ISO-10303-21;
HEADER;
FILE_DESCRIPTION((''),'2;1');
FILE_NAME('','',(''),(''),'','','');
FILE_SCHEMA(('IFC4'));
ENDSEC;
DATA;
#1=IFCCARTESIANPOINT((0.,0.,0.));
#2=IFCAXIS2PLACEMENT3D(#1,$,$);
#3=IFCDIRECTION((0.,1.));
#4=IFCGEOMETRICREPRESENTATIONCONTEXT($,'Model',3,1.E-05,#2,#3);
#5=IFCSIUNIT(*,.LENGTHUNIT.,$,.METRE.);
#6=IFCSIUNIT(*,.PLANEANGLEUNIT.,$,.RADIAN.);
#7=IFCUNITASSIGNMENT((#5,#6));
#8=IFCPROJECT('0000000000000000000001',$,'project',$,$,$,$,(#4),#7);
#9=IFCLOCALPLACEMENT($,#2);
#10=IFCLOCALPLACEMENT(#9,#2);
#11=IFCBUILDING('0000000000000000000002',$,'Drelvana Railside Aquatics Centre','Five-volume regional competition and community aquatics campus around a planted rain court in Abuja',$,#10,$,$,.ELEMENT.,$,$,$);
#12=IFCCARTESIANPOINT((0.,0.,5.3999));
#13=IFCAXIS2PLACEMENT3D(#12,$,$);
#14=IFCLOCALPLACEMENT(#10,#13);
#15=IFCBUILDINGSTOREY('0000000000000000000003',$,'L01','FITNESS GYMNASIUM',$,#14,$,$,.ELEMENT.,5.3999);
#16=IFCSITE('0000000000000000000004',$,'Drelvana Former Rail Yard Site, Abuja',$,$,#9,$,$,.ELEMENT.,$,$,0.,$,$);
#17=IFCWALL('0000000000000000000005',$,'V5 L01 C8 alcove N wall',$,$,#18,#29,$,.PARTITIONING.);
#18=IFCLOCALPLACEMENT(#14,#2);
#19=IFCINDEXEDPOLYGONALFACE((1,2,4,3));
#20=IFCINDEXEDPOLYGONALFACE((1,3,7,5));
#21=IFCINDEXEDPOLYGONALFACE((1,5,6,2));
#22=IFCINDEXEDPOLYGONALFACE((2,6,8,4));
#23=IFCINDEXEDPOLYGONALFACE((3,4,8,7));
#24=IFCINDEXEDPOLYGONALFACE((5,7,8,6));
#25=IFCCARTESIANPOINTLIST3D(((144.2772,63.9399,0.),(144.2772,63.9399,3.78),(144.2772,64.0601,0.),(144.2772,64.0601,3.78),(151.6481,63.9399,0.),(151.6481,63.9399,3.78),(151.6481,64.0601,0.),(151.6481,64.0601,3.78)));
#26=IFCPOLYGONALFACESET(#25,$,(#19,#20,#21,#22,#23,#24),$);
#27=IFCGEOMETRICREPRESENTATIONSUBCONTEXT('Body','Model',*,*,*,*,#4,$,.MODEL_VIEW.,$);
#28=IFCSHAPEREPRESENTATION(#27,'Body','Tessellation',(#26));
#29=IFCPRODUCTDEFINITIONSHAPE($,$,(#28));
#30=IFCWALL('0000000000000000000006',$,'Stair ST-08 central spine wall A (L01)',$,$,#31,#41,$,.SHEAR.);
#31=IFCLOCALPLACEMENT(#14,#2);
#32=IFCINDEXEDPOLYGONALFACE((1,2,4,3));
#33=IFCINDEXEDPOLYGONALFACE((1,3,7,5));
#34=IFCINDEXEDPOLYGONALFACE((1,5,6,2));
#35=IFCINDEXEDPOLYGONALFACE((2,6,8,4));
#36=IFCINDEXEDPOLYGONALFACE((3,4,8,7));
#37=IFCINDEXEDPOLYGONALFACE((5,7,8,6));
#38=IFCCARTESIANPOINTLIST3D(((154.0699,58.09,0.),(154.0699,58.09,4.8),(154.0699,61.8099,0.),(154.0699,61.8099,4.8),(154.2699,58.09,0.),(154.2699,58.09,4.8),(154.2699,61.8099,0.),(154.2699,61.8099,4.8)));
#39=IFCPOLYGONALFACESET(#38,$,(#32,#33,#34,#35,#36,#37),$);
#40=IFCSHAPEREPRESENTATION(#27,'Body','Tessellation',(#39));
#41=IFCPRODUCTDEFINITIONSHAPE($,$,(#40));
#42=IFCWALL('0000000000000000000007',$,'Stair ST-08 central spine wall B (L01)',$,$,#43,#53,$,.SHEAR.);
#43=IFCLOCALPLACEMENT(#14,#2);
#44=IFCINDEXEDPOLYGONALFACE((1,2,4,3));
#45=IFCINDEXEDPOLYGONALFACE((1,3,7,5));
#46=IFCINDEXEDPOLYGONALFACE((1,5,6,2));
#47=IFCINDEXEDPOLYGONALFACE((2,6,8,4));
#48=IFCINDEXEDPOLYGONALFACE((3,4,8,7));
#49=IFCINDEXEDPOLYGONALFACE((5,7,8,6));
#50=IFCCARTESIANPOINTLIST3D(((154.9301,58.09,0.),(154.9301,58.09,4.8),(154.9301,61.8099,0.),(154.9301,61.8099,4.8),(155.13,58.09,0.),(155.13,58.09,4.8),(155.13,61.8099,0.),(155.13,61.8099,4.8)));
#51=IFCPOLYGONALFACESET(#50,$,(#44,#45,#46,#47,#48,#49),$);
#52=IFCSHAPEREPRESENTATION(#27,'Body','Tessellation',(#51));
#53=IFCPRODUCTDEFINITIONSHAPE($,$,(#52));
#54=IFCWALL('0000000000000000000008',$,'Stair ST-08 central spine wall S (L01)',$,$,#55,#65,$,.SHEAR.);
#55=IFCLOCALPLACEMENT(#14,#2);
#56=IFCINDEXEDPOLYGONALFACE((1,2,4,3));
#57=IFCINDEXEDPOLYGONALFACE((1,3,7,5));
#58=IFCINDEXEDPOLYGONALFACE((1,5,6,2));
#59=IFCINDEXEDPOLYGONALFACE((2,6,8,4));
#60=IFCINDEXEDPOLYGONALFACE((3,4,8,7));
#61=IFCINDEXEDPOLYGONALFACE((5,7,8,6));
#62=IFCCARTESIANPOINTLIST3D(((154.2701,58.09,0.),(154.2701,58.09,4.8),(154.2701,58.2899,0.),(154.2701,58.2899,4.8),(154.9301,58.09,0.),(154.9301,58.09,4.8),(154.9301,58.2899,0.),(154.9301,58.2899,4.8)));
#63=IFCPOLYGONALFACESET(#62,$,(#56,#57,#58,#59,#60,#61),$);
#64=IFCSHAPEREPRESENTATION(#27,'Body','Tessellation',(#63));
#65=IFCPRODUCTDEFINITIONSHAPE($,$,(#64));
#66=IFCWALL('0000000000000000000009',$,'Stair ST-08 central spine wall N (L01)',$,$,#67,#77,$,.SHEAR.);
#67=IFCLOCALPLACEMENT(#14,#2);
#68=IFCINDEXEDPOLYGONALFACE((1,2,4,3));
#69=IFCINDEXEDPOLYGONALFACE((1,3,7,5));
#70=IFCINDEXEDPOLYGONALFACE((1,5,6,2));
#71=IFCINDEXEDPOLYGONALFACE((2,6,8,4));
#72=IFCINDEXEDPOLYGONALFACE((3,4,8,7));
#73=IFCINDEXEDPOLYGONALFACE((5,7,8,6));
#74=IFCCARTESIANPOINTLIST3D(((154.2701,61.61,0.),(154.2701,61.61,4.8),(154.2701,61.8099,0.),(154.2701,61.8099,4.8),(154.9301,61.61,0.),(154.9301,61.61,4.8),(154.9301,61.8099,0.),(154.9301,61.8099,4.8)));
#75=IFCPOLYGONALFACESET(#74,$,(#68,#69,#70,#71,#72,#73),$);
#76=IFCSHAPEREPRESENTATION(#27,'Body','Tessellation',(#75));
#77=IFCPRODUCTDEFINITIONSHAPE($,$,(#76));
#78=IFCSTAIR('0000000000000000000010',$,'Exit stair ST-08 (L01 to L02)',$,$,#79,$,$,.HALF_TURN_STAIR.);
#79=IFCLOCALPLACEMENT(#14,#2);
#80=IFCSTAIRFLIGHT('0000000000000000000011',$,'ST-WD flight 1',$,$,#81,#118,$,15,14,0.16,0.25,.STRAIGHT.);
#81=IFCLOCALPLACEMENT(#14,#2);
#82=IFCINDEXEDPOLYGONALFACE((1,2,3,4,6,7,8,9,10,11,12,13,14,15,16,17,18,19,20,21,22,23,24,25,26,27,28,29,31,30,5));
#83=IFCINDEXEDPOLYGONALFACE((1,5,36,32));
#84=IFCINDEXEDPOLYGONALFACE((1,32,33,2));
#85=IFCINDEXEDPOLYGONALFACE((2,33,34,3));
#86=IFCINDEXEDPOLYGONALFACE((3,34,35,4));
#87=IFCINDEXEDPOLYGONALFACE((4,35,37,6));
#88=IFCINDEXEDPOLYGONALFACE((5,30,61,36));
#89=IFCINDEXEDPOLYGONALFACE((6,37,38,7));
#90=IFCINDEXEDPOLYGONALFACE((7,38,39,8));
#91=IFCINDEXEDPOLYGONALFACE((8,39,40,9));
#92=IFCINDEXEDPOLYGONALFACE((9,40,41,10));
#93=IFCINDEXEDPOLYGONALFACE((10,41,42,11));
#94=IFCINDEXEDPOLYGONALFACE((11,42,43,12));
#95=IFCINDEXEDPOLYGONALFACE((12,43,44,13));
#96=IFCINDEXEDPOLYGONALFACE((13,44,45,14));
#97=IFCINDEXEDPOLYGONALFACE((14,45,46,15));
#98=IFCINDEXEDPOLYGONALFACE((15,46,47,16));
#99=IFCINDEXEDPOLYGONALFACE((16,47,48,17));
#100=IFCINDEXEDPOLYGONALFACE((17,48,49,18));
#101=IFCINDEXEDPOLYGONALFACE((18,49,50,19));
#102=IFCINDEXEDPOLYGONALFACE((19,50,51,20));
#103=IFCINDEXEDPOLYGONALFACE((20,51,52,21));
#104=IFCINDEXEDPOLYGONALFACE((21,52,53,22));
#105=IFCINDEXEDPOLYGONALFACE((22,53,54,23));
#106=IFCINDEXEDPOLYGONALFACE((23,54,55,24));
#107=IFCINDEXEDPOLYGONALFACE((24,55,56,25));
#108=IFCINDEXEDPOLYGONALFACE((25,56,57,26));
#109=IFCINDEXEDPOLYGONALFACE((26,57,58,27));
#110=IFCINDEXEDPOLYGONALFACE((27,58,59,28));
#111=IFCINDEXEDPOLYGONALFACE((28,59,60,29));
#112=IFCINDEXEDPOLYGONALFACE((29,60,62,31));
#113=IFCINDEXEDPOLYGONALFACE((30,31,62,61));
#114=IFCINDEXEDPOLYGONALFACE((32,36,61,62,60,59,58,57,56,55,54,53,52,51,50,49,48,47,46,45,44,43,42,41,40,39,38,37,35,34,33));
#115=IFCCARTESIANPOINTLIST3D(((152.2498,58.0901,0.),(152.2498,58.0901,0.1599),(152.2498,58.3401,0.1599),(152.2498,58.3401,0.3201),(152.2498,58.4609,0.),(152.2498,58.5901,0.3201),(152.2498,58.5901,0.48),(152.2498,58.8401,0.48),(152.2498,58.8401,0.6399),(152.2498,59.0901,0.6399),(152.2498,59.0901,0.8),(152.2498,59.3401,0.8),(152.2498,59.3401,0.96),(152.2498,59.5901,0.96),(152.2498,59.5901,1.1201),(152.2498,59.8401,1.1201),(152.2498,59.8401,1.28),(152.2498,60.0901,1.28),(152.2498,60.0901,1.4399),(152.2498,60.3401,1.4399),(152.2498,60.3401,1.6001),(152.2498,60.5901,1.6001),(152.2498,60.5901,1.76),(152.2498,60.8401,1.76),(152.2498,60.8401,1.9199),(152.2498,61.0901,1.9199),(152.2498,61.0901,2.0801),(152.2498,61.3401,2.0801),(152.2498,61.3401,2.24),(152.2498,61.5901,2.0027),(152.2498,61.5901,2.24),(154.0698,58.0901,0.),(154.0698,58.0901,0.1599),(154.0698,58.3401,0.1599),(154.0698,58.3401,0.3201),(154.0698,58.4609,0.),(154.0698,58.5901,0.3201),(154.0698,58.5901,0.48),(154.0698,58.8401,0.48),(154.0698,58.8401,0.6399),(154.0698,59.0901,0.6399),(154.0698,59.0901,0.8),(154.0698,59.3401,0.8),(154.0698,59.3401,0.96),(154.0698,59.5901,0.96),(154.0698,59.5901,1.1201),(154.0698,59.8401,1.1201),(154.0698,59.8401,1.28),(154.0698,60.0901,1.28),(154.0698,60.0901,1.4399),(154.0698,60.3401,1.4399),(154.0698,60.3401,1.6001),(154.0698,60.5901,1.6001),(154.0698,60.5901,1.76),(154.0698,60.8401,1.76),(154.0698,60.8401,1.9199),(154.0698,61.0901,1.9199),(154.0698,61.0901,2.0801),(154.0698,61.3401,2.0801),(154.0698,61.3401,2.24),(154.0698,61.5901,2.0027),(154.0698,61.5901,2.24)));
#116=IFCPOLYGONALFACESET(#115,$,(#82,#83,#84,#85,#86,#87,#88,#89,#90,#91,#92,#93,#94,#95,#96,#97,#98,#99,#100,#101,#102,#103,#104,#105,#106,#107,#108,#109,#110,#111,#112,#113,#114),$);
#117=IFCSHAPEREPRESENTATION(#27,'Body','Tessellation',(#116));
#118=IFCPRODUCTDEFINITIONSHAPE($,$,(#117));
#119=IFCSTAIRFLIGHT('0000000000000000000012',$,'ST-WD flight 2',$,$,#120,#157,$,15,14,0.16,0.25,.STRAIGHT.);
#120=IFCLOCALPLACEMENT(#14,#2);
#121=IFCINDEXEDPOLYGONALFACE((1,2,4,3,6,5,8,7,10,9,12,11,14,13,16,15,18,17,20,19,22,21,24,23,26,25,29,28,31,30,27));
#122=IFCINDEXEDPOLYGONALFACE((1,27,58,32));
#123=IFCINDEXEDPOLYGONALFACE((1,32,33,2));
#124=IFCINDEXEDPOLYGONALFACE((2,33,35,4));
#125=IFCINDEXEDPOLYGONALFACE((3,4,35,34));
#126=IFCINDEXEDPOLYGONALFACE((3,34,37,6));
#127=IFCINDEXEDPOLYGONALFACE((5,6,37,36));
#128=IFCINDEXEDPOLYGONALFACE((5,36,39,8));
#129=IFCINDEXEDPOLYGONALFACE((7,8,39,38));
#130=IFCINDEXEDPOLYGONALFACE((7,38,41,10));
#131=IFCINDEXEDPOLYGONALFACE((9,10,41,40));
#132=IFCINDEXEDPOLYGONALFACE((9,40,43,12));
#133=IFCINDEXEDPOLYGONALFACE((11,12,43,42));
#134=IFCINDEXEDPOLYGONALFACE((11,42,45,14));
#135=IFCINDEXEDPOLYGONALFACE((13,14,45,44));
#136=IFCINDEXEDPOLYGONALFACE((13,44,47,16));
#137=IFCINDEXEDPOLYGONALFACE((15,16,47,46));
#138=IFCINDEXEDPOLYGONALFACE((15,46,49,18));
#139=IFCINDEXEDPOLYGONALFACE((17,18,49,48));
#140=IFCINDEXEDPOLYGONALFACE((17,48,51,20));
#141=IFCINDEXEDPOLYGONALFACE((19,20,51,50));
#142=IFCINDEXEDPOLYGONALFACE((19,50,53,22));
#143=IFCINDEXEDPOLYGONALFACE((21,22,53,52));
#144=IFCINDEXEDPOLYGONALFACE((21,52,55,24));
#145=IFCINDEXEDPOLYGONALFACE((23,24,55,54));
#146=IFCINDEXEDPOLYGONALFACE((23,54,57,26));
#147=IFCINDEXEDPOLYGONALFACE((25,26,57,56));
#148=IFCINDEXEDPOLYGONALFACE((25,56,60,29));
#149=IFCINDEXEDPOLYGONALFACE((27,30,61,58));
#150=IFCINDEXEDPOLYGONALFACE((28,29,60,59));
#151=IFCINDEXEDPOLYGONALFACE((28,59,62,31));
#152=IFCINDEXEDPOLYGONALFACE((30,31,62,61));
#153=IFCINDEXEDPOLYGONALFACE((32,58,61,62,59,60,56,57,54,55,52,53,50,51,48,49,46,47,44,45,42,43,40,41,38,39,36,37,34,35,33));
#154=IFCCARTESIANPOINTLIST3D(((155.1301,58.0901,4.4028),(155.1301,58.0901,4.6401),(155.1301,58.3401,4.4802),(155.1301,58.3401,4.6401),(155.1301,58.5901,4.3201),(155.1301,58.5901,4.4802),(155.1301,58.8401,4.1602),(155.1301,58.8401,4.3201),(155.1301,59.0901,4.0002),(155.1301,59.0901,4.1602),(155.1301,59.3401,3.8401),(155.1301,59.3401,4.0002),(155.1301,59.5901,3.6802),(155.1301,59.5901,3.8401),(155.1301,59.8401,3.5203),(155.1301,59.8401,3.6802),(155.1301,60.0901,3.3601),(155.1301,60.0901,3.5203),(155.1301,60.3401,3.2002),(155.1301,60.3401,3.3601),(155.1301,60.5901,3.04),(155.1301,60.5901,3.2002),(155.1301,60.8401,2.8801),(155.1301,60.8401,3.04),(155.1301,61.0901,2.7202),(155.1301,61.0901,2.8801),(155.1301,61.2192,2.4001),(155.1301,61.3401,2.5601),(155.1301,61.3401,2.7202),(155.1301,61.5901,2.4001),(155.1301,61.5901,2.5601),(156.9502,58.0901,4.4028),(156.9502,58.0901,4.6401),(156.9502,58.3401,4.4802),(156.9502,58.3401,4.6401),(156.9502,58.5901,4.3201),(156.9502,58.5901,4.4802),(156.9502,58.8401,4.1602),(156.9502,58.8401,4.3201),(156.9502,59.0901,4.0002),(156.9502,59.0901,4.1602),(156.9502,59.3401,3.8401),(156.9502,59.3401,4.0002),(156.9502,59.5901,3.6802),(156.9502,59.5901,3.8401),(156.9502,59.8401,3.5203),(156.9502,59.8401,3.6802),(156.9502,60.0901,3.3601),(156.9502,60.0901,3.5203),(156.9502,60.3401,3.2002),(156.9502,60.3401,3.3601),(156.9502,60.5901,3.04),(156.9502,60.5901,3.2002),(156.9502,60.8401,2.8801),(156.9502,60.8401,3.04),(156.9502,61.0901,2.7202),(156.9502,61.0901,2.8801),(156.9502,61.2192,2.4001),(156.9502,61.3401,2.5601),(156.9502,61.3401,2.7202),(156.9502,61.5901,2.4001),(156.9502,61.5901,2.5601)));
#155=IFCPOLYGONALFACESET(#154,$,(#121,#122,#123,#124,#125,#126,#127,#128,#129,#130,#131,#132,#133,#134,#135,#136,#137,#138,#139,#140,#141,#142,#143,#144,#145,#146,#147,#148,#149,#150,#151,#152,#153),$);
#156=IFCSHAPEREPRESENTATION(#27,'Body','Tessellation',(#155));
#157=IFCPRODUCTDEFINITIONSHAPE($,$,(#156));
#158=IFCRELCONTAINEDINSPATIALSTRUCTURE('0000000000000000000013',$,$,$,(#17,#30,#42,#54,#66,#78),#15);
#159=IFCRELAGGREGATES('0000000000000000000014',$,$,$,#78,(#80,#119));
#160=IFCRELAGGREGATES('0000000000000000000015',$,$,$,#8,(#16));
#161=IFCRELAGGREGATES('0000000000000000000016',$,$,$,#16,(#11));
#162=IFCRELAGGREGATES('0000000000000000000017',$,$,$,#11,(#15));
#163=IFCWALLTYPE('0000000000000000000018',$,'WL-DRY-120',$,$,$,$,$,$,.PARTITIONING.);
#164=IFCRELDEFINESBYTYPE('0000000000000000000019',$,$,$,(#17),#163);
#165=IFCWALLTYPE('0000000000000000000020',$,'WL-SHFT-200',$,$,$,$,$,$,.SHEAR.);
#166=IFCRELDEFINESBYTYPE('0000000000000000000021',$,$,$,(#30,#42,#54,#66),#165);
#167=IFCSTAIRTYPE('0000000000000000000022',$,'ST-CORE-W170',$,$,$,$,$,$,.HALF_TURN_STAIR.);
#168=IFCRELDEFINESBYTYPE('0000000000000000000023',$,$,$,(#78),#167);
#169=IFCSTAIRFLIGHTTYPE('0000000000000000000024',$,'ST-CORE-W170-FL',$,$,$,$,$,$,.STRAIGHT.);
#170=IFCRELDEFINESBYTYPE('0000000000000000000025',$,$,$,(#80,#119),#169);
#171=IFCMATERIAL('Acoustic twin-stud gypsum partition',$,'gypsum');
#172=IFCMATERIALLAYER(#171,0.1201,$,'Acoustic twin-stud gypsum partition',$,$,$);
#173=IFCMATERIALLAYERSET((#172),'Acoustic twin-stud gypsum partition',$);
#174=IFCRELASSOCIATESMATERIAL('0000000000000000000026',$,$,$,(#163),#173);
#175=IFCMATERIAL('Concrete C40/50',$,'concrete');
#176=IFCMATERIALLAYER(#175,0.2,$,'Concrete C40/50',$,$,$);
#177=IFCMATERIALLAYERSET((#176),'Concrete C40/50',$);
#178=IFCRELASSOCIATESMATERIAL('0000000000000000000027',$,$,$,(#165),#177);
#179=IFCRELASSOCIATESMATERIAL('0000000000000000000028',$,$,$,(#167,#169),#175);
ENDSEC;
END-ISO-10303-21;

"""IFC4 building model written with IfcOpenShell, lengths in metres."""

from ifc_helpers import new_model, si_unit, direction, frame, frame_2d, origin, place, context, subcontext, project, spatial, polyline, rectangle, outline, extrude, material, layer, layer_set, type_object, element, aggregate, save


model = new_model("IFC4")

# Units and contexts
model_context = context("Model", 3, precision=1e-05, world=origin(), true_north=direction((0.0, 1.0)))
body_context = subcontext(model_context, "Body", "Model", "MODEL_VIEW")
ifc_project = project(units=[si_unit("LENGTHUNIT", "METRE"), si_unit("PLANEANGLEUNIT", "RADIAN")], contexts=[model_context])

# Site, building, storey
site_placement = place(None, origin())
site = spatial("IfcSite", under=ifc_project, at=site_placement, Name="Drelvana Former Rail Yard Site, Abuja", CompositionType="ELEMENT", RefElevation=0.0)
building_placement = place(site_placement, origin())
building = spatial("IfcBuilding", under=site, at=building_placement, Name="Drelvana Railside Aquatics Centre", Description="Five-volume regional competition and community aquatics campus around a planted rain court in Abuja", CompositionType="ELEMENT")
storey_placement = place(building_placement, frame((0.0, 0.0, 5.3999)))
storey = spatial("IfcBuildingStorey", under=building, at=storey_placement, Name="L01", Description="FITNESS GYMNASIUM", CompositionType="ELEMENT", Elevation=5.3999)

# Shared definitions
ifc_material_1 = material(Name="Concrete C40/50", Category="concrete")

# Walls
ifc_material_2 = material(Name="Acoustic twin-stud gypsum partition", Category="gypsum")
ifc_layer_1 = layer(ifc_material_2, 0.1201, Name="Acoustic twin-stud gypsum partition")
ifc_layer_set_1 = layer_set([ifc_layer_1], Name="Acoustic twin-stud gypsum partition")
wall_type_1 = type_object("IfcWallType", Name="WL-DRY-120", PredefinedType="PARTITIONING", material=ifc_layer_set_1)
wall_1_placement = place(storey_placement, frame((144.2771, 64.0, 0.0), z_axis=(0.0, 0.0, 1.0), x_axis=(1.0, 0.0, 0.0)))
element("IfcWall", 1, at=wall_1_placement, inside=storey, type_object=wall_type_1, Name="V5 L01 C8 alcove N wall", PredefinedType="PARTITIONING", context=body_context, shape_type="SweptSolid", body=[
    extrude(rectangle(XDim=7.3708, YDim=0.1201, at=frame_2d((3.6855, 0.0))), origin(), (0.0, 0.0, 1.0), 3.78),
])
ifc_layer_2 = layer(ifc_material_1, 0.2, Name="Concrete C40/50")
ifc_layer_set_2 = layer_set([ifc_layer_2], Name="Concrete C40/50")
wall_type_2 = type_object("IfcWallType", Name="WL-SHFT-200", PredefinedType="SHEAR", material=ifc_layer_set_2)
for number, where, z_axis, x_axis, name in (
    (2, (154.1699, 58.0901, 0.0), (0.0, 0.0, 1.0), (0.0, 1.0, 0.0), "Stair ST-08 central spine wall A (L01)"),
    (3, (155.03, 58.0901, 0.0), (0.0, 0.0, 1.0), (0.0, 1.0, 0.0), "Stair ST-08 central spine wall B (L01)"),
):
    element("IfcWall", number, at=place(storey_placement, frame(where, z_axis=z_axis, x_axis=x_axis)), inside=storey, type_object=wall_type_2, Name=name, PredefinedType="SHEAR", context=body_context, shape_type="SweptSolid", body=[
        extrude(rectangle(XDim=3.72, YDim=0.2, at=frame_2d((1.8599, 0.0))), origin(), (0.0, 0.0, 1.0), 4.8),
    ])
for number, where, z_axis, x_axis, name in (
    (4, (154.27, 58.1899, 0.0), (0.0, 0.0, 1.0), (1.0, 0.0, 0.0), "Stair ST-08 central spine wall S (L01)"),
    (5, (154.27, 61.71, 0.0), (0.0, 0.0, 1.0), (1.0, 0.0, 0.0), "Stair ST-08 central spine wall N (L01)"),
):
    element("IfcWall", number, at=place(storey_placement, frame(where, z_axis=z_axis, x_axis=x_axis)), inside=storey, type_object=wall_type_2, Name=name, PredefinedType="SHEAR", context=body_context, shape_type="SweptSolid", body=[
        extrude(rectangle(XDim=0.6599, YDim=0.2, at=frame_2d((0.3301, 0.0))), origin(), (0.0, 0.0, 1.0), 4.8),
    ])

# Stair, stair flights
stair_type = type_object("IfcStairType", Name="ST-CORE-W170", PredefinedType="HALF_TURN_STAIR", material=ifc_material_1)
stair_placement = place(storey_placement, origin())
stair = element("IfcStair", 6, at=stair_placement, inside=storey, type_object=stair_type, Name="Exit stair ST-08 (L01 to L02)", PredefinedType="HALF_TURN_STAIR")
stair_flight_type = type_object("IfcStairFlightType", Name="ST-CORE-W170-FL", PredefinedType="STRAIGHT", material=ifc_material_1)
stair_flight_1_placement = place(storey_placement, frame((153.1599, 58.0901, 0.0), z_axis=(0.0, 0.0, 1.0), x_axis=(0.0, 1.0, 0.0)))
stair_flight_1 = element("IfcStairFlight", 7, at=stair_flight_1_placement, type_object=stair_flight_type, Name="ST-WD flight 1", NumberOfRisers=15, NumberOfTreads=14, PredefinedType="STRAIGHT", RiserHeight=0.16, TreadLength=0.25, context=body_context, shape_type="SweptSolid", body=[
    extrude(outline(polyline([(0.0, 0.0), (0.0, 0.1599), (0.25, 0.1599), (0.25, 0.3201), (0.5, 0.3201), (0.5, 0.48), (0.75, 0.48), (0.75, 0.6399), (1.0, 0.6399), (1.0, 0.8), (1.25, 0.8), (1.25, 0.96), (1.5, 0.96), (1.5, 1.1201), (1.75, 1.1201), (1.75, 1.28), (2.0, 1.28), (2.0, 1.4399), (2.25, 1.4399), (2.25, 1.6001), (2.5, 1.6001), (2.5, 1.76), (2.75, 1.76), (2.75, 1.9199), (3.0, 1.9199), (3.0, 2.0801), (3.25, 2.0801), (3.25, 2.24), (3.5, 2.24), (3.5, 2.3999), (3.5, 2.0027), (0.3708, 0.0), (0.0, 0.0)])), frame((0.0, 0.9102, 0.0), z_axis=(0.0, -1.0, 0.0), x_axis=(1.0, 0.0, 0.0)), (0.0, 0.0, 1.0), 1.8201),
])
stair_flight_2_placement = place(storey_placement, frame((156.04, 61.5901, 2.4001), z_axis=(0.0, 0.0, 1.0), x_axis=(0.0, -1.0, 0.0)))
stair_flight_2 = element("IfcStairFlight", 8, at=stair_flight_2_placement, type_object=stair_flight_type, Name="ST-WD flight 2", NumberOfRisers=15, NumberOfTreads=14, PredefinedType="STRAIGHT", RiserHeight=0.16, TreadLength=0.25, context=body_context, shape_type="SweptSolid", body=[
    extrude(outline(polyline([(0.0, 0.0), (0.0, 0.1599), (0.25, 0.1599), (0.25, 0.3201), (0.5, 0.3201), (0.5, 0.48), (0.75, 0.48), (0.75, 0.6399), (1.0, 0.6399), (1.0, 0.8), (1.25, 0.8), (1.25, 0.96), (1.5, 0.96), (1.5, 1.1201), (1.75, 1.1201), (1.75, 1.28), (2.0, 1.28), (2.0, 1.4399), (2.25, 1.4399), (2.25, 1.6001), (2.5, 1.6001), (2.5, 1.76), (2.75, 1.76), (2.75, 1.9199), (3.0, 1.9199), (3.0, 2.0801), (3.25, 2.0801), (3.25, 2.24), (3.5, 2.24), (3.5, 2.3999), (3.5, 2.0027), (0.3708, 0.0), (0.0, 0.0)])), frame((0.0, 0.9102, 0.0), z_axis=(0.0, -1.0, 0.0), x_axis=(1.0, 0.0, 0.0)), (0.0, 0.0, 1.0), 1.8201),
])
aggregate(stair, [stair_flight_1, stair_flight_2])

save(model, "model.ifc")
